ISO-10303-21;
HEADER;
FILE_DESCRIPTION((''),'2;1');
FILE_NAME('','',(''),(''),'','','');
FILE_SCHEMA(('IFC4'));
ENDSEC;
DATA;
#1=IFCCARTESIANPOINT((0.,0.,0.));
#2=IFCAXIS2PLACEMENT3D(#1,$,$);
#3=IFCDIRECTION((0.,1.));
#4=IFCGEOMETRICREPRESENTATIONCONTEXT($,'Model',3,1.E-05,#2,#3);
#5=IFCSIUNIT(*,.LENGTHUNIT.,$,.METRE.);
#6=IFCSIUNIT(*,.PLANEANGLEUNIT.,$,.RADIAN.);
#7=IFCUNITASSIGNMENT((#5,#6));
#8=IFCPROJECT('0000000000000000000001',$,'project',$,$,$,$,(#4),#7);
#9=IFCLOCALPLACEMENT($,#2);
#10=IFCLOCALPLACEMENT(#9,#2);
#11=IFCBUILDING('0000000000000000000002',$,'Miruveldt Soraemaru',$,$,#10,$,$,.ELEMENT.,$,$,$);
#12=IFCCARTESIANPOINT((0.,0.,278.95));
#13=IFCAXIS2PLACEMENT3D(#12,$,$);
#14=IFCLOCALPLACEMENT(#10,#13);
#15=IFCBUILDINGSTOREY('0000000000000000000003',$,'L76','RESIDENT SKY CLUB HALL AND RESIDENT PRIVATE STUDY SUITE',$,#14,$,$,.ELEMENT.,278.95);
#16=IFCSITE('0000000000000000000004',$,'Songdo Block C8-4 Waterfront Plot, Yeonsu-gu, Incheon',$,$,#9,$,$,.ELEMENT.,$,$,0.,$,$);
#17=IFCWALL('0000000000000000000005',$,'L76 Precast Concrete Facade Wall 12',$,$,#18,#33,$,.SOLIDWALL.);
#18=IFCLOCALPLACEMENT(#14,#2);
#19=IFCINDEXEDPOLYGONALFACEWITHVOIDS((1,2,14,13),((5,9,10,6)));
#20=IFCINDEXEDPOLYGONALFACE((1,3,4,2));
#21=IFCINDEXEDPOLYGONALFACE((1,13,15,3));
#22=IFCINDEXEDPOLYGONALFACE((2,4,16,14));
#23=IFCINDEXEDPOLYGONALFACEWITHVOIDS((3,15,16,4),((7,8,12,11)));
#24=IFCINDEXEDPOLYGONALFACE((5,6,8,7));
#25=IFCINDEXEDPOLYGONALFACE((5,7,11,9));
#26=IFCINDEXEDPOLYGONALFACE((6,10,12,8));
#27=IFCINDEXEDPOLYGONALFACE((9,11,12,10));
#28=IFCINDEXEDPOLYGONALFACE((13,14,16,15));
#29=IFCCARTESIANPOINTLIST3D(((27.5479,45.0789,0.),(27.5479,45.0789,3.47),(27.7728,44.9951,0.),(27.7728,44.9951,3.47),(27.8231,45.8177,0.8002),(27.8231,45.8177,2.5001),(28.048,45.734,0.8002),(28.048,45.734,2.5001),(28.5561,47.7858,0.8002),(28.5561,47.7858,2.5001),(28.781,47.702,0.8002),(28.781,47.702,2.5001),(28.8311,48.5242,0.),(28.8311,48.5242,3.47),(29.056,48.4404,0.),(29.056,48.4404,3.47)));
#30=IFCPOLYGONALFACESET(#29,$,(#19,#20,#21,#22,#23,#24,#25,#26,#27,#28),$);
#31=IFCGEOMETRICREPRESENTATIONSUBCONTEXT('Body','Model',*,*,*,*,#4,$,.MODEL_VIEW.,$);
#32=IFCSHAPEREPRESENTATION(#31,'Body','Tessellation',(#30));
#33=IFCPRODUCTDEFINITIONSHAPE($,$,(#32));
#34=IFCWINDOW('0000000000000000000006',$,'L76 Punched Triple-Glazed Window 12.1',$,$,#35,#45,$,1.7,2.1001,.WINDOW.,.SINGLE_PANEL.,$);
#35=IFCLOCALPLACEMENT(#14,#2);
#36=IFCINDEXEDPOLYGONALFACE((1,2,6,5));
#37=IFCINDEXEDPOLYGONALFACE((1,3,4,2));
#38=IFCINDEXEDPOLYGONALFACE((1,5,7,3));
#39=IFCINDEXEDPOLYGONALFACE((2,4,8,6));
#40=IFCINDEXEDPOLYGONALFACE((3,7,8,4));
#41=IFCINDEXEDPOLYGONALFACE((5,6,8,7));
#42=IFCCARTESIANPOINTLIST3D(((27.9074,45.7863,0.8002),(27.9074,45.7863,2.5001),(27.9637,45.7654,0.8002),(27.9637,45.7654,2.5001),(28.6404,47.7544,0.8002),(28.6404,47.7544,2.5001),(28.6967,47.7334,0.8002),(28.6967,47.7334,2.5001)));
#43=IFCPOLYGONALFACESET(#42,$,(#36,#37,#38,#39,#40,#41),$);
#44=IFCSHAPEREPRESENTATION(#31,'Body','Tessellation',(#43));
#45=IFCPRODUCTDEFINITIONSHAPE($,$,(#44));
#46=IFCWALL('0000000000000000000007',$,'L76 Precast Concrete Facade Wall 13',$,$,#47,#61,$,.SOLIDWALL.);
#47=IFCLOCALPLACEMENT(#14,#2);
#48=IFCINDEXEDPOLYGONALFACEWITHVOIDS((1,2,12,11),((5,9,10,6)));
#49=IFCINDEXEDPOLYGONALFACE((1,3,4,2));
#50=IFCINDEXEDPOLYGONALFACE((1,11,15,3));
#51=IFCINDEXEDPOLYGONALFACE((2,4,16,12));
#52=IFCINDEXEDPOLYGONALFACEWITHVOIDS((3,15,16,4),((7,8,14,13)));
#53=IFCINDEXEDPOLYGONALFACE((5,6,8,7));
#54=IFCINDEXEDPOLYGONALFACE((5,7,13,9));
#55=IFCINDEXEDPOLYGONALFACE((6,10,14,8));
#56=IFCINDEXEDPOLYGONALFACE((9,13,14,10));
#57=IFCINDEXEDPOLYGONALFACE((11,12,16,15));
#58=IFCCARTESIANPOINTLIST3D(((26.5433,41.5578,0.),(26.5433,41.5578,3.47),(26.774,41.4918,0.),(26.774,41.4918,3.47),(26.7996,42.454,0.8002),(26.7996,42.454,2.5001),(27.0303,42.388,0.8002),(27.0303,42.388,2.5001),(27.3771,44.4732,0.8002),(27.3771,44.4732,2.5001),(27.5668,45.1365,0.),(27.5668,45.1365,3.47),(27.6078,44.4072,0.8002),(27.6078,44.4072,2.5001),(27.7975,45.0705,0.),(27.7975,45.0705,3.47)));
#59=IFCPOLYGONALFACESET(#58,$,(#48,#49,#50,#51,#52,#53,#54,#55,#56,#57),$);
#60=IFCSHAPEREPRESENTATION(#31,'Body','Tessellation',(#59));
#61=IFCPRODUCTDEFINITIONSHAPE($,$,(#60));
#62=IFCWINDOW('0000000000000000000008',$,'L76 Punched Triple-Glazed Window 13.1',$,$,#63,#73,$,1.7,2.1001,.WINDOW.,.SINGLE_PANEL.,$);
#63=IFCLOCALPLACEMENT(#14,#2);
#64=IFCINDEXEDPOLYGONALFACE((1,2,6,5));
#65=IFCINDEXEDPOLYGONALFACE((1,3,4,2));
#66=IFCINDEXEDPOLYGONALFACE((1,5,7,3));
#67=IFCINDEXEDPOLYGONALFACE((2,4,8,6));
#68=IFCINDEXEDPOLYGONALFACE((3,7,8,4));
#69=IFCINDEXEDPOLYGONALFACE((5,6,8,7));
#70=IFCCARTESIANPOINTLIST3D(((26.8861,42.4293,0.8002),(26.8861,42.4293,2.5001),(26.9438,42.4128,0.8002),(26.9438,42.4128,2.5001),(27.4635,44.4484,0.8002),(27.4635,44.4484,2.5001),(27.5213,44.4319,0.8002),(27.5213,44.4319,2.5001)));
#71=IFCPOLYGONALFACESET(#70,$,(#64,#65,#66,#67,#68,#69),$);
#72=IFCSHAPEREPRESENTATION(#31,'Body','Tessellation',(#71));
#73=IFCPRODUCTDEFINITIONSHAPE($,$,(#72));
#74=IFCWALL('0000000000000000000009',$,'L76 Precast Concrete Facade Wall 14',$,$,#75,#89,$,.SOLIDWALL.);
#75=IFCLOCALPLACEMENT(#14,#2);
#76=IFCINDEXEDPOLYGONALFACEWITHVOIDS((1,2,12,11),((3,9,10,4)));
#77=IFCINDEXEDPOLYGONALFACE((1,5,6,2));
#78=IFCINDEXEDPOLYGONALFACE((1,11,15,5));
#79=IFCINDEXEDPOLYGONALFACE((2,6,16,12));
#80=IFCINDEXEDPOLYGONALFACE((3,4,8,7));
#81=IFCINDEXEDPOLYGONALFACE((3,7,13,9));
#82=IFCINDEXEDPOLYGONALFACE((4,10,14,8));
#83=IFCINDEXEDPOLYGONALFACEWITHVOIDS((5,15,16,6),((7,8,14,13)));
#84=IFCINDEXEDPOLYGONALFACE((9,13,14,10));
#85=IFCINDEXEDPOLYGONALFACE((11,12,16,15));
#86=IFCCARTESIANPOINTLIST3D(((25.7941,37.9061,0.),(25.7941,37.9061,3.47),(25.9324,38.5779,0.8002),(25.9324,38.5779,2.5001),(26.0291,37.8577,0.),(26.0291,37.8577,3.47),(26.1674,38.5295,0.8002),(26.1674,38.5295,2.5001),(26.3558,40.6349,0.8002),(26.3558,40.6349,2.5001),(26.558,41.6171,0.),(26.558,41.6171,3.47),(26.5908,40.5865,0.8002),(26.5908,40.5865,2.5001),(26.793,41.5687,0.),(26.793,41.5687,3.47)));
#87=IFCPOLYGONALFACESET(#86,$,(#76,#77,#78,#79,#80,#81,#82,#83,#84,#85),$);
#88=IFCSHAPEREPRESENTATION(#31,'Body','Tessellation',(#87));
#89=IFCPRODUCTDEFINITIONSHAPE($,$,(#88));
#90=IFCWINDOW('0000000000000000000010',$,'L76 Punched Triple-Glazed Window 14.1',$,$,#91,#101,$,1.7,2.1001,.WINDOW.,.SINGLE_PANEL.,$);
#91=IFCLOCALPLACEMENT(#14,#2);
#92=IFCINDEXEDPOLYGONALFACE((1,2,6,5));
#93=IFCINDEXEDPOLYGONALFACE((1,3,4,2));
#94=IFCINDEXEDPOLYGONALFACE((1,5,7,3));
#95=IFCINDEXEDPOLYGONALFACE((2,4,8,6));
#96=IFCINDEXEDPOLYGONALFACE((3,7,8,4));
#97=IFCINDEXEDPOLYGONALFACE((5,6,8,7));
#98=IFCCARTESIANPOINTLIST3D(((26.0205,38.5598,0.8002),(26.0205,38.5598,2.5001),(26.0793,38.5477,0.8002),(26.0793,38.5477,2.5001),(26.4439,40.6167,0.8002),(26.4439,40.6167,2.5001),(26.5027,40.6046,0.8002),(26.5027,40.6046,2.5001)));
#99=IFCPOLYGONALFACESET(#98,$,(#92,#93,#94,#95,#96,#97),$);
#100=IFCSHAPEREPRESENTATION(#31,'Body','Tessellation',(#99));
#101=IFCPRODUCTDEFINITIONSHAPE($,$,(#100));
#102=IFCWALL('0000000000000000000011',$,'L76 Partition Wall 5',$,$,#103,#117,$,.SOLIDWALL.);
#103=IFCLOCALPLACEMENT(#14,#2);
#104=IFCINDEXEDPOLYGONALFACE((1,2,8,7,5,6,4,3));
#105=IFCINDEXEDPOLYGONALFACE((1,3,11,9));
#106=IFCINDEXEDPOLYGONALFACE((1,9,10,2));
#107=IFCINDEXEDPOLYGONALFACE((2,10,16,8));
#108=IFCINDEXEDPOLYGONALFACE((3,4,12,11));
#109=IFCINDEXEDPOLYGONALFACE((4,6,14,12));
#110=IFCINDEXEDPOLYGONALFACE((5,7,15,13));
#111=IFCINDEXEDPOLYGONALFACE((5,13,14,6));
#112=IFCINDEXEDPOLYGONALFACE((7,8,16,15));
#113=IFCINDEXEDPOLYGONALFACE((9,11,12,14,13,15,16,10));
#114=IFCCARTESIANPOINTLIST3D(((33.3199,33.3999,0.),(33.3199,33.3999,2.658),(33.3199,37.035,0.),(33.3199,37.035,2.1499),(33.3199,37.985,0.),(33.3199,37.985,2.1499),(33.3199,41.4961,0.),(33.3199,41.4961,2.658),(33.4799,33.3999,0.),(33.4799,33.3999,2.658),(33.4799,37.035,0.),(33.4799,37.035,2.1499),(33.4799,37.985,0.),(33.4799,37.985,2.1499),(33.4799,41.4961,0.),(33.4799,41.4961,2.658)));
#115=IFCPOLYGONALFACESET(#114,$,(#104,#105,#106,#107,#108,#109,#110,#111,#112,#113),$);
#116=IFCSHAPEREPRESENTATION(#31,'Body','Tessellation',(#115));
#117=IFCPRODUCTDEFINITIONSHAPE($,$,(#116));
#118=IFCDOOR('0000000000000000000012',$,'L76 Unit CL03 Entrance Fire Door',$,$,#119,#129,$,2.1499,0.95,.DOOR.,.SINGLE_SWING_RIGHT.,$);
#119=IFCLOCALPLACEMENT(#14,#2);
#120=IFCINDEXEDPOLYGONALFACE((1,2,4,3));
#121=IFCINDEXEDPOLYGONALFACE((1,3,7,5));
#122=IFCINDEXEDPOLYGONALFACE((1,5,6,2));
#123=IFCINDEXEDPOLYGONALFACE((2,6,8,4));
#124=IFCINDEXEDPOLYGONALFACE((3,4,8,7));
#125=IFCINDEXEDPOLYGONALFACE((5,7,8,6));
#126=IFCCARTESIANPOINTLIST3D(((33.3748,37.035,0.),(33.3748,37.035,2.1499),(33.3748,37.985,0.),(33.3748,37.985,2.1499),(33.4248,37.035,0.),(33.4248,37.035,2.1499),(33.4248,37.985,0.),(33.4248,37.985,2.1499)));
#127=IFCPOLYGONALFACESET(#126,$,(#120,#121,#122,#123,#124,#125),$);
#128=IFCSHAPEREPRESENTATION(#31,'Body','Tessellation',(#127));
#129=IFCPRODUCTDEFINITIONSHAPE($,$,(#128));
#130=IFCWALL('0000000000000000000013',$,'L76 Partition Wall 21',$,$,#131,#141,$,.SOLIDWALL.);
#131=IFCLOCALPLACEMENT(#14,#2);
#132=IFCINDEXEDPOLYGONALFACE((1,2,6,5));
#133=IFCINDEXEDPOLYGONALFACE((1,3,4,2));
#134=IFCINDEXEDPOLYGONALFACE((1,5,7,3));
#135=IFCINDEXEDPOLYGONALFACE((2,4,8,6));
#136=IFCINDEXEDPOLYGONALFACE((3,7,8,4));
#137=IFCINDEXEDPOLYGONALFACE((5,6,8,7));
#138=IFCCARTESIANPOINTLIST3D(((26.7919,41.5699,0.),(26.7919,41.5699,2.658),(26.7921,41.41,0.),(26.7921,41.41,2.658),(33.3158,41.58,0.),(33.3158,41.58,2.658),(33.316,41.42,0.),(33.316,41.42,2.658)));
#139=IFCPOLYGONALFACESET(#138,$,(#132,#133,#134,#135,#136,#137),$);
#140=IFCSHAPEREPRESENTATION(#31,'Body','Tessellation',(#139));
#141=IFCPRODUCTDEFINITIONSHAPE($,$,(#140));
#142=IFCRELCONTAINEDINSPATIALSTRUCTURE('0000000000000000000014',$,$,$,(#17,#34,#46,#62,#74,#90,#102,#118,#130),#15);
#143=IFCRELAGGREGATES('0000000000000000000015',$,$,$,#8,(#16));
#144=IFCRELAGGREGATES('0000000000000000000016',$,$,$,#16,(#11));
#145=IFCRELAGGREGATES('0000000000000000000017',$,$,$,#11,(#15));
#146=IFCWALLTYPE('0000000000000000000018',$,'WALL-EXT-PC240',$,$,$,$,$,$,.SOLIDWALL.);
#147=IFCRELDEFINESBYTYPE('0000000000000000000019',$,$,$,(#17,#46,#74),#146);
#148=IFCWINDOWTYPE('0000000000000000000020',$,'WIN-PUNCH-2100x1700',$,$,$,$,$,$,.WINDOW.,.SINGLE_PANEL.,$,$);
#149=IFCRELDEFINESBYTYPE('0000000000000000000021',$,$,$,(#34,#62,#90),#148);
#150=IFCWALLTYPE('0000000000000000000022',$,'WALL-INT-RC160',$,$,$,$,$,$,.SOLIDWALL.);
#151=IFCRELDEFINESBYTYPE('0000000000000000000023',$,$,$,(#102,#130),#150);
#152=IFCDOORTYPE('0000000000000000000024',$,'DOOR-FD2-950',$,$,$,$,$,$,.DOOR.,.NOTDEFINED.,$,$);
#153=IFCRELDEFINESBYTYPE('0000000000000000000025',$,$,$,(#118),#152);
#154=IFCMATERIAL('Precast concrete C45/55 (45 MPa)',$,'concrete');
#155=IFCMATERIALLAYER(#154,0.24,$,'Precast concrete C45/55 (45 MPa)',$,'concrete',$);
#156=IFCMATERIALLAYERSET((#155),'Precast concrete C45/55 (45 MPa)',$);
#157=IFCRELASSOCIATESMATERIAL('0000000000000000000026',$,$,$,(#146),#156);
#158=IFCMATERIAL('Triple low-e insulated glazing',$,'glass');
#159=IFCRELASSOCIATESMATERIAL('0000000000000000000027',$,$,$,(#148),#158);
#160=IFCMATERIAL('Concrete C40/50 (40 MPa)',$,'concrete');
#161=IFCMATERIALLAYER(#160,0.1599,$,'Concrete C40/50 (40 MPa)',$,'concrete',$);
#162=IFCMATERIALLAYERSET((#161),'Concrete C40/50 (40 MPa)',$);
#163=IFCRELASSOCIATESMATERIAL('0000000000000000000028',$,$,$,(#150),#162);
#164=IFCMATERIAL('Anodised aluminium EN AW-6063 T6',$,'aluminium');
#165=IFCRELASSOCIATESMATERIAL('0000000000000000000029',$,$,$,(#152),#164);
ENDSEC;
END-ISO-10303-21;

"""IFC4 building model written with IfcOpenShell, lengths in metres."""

from ifc_helpers import new_model, si_unit, direction, frame, frame_2d, origin, place, context, subcontext, project, spatial, rectangle, extrude, material, layer, layer_set, type_object, element, fill, save


model = new_model("IFC4")

# Units and contexts
model_context = context("Model", 3, precision=1e-05, world=origin(), true_north=direction((0.0, 1.0)))
body_context = subcontext(model_context, "Body", "Model", "MODEL_VIEW")
ifc_project = project(units=[si_unit("LENGTHUNIT", "METRE"), si_unit("PLANEANGLEUNIT", "RADIAN")], contexts=[model_context])

# Site, building, storey
site_placement = place(None, origin())
site = spatial("IfcSite", under=ifc_project, at=site_placement, Name="Songdo Block C8-4 Waterfront Plot, Yeonsu-gu, Incheon", CompositionType="ELEMENT", RefElevation=0.0)
building_placement = place(site_placement, origin())
building = spatial("IfcBuilding", under=site, at=building_placement, Name="Miruveldt Soraemaru", CompositionType="ELEMENT")
storey_placement = place(building_placement, frame((0.0, 0.0, 278.95)))
storey = spatial("IfcBuildingStorey", under=building, at=storey_placement, Name="L76", Description="RESIDENT SKY CLUB HALL AND RESIDENT PRIVATE STUDY SUITE", CompositionType="ELEMENT", Elevation=278.95)

# Walls, openings, windows
ifc_material_1 = material(Name="Precast concrete C45/55 (45 MPa)", Category="concrete")
ifc_layer_1 = layer(ifc_material_1, 0.24, Name="Precast concrete C45/55 (45 MPa)", Category="concrete")
ifc_layer_set_1 = layer_set([ifc_layer_1], Name="Precast concrete C45/55 (45 MPa)")
wall_type_1 = type_object("IfcWallType", Name="WALL-EXT-PC240", PredefinedType="SOLIDWALL", material=ifc_layer_set_1)
wall_1_placement = place(storey_placement, frame((28.9436, 48.4824, 0.0), z_axis=(0.0, 0.0, 1.0), x_axis=(-0.349027, -0.937113, 0.0)))
wall_1 = element("IfcWall", 1, at=wall_1_placement, inside=storey, type_object=wall_type_1, Name="L76 Precast Concrete Facade Wall 12", PredefinedType="SOLIDWALL", context=body_context, shape_type="SweptSolid", body=[
    extrude(rectangle(XDim=3.6765, YDim=0.24, at=frame_2d((1.8384, 0.0))), origin(), (0.0, 0.0, 1.0), 3.47),
])
opening_1_placement = place(wall_1_placement, frame((0.7881, 0.0, 0.8)))
opening_1 = element("IfcOpeningElement", 2, at=opening_1_placement, cuts=wall_1, PredefinedType="OPENING", context=body_context, shape_type="SweptSolid", body=[
    extrude(rectangle(XDim=2.1001, YDim=1.7, at=frame_2d((1.05, 0.8501))), frame((0.0, 0.1299, 0.0), z_axis=(0.0, -1.0, 0.0), x_axis=(1.0, 0.0, 0.0)), (0.0, 0.0, 1.0), 0.26),
])
ifc_material_2 = material(Name="Triple low-e insulated glazing", Category="glass")
window_type = type_object("IfcWindowType", Name="WIN-PUNCH-2100x1700", PartitioningType="SINGLE_PANEL", PredefinedType="WINDOW", material=ifc_material_2)
window_1_placement = place(opening_1_placement, origin())
window_1 = element("IfcWindow", 3, at=window_1_placement, inside=storey, type_object=window_type, Name="L76 Punched Triple-Glazed Window 12.1", OverallHeight=1.7, OverallWidth=2.1001, PartitioningType="SINGLE_PANEL", PredefinedType="WINDOW", context=body_context, shape_type="SweptSolid", body=[
    extrude(rectangle(XDim=2.1001, YDim=1.7, at=frame_2d((1.05, 0.8501))), frame((0.0, 0.03, 0.0), z_axis=(0.0, -1.0, 0.0), x_axis=(1.0, 0.0, 0.0)), (0.0, 0.0, 1.0), 0.0601),
])
fill(opening_1, window_1)
wall_2_placement = place(storey_placement, frame((27.6821, 45.1035, 0.0), z_axis=(0.0, 0.0, 1.0), x_axis=(-0.274964, -0.961455, 0.0)))
wall_2 = element("IfcWall", 4, at=wall_2_placement, inside=storey, type_object=wall_type_1, Name="L76 Precast Concrete Facade Wall 13", PredefinedType="SOLIDWALL", context=body_context, shape_type="SweptSolid", body=[
    extrude(rectangle(XDim=3.7222, YDim=0.24, at=frame_2d((1.8611, 0.0))), origin(), (0.0, 0.0, 1.0), 3.47),
])
opening_2_placement = place(wall_2_placement, frame((0.6899, 0.0, 0.8)))
opening_2 = element("IfcOpeningElement", 5, at=opening_2_placement, cuts=wall_2, PredefinedType="OPENING", context=body_context, shape_type="SweptSolid", body=[
    extrude(rectangle(XDim=2.1001, YDim=1.7, at=frame_2d((1.05, 0.8501))), frame((0.0, 0.1299, 0.0), z_axis=(0.0, -1.0, 0.0), x_axis=(1.0, 0.0, 0.0)), (0.0, 0.0, 1.0), 0.26),
])
window_2_placement = place(opening_2_placement, origin())
window_2 = element("IfcWindow", 6, at=window_2_placement, inside=storey, type_object=window_type, Name="L76 Punched Triple-Glazed Window 13.1", OverallHeight=1.7, OverallWidth=2.1001, PartitioningType="SINGLE_PANEL", PredefinedType="WINDOW", context=body_context, shape_type="SweptSolid", body=[
    extrude(rectangle(XDim=2.1001, YDim=1.7, at=frame_2d((1.05, 0.8501))), frame((0.0, 0.03, 0.0), z_axis=(0.0, -1.0, 0.0), x_axis=(1.0, 0.0, 0.0)), (0.0, 0.0, 1.0), 0.0601),
])
fill(opening_2, window_2)
wall_3_placement = place(storey_placement, frame((26.6755, 41.593, 0.0), z_axis=(0.0, 0.0, 1.0), x_axis=(-0.201627, -0.979462, 0.0)))
wall_3 = element("IfcWall", 7, at=wall_3_placement, inside=storey, type_object=wall_type_1, Name="L76 Precast Concrete Facade Wall 14", PredefinedType="SOLIDWALL", context=body_context, shape_type="SweptSolid", body=[
    extrude(rectangle(XDim=3.7888, YDim=0.24, at=frame_2d((1.8945, 0.0))), origin(), (0.0, 0.0, 1.0), 3.47),
])
opening_3_placement = place(wall_3_placement, frame((1.0029, 0.0, 0.8)))
opening_3 = element("IfcOpeningElement", 8, at=opening_3_placement, cuts=wall_3, PredefinedType="OPENING", context=body_context, shape_type="SweptSolid", body=[
    extrude(rectangle(XDim=2.1001, YDim=1.7, at=frame_2d((1.05, 0.8501))), frame((0.0, 0.1299, 0.0), z_axis=(0.0, -1.0, 0.0), x_axis=(1.0, 0.0, 0.0)), (0.0, 0.0, 1.0), 0.26),
])
window_3_placement = place(opening_3_placement, origin())
window_3 = element("IfcWindow", 9, at=window_3_placement, inside=storey, type_object=window_type, Name="L76 Punched Triple-Glazed Window 14.1", OverallHeight=1.7, OverallWidth=2.1001, PartitioningType="SINGLE_PANEL", PredefinedType="WINDOW", context=body_context, shape_type="SweptSolid", body=[
    extrude(rectangle(XDim=2.1001, YDim=1.7, at=frame_2d((1.05, 0.8501))), frame((0.0, 0.03, 0.0), z_axis=(0.0, -1.0, 0.0), x_axis=(1.0, 0.0, 0.0)), (0.0, 0.0, 1.0), 0.0601),
])
fill(opening_3, window_3)

# Wall, opening, door
ifc_material_3 = material(Name="Concrete C40/50 (40 MPa)", Category="concrete")
ifc_layer_2 = layer(ifc_material_3, 0.1599, Name="Concrete C40/50 (40 MPa)", Category="concrete")
ifc_layer_set_2 = layer_set([ifc_layer_2], Name="Concrete C40/50 (40 MPa)")
wall_type_2 = type_object("IfcWallType", Name="WALL-INT-RC160", PredefinedType="SOLIDWALL", material=ifc_layer_set_2)
wall_4_placement = place(storey_placement, frame((33.3999, 41.4961, 0.0), z_axis=(0.0, 0.0, 1.0), x_axis=(0.0, -1.0, 0.0)))
wall_4 = element("IfcWall", 10, at=wall_4_placement, inside=storey, type_object=wall_type_2, Name="L76 Partition Wall 5", PredefinedType="SOLIDWALL", context=body_context, shape_type="SweptSolid", body=[
    extrude(rectangle(XDim=8.0962, YDim=0.1599, at=frame_2d((4.0481, 0.0))), origin(), (0.0, 0.0, 1.0), 2.658),
])
opening_4_placement = place(wall_4_placement, frame((3.511, 0.0, 0.0)))
opening_4 = element("IfcOpeningElement", 11, at=opening_4_placement, cuts=wall_4, PredefinedType="OPENING", context=body_context, shape_type="SweptSolid", body=[
    extrude(rectangle(XDim=0.95, YDim=2.1499, at=frame_2d((0.4751, 1.075))), frame((0.0, 0.0898, 0.0), z_axis=(0.0, -1.0, 0.0), x_axis=(1.0, 0.0, 0.0)), (0.0, 0.0, 1.0), 0.1799),
])
ifc_material_4 = material(Name="Anodised aluminium EN AW-6063 T6", Category="aluminium")
door_type_1 = type_object("IfcDoorType", Name="DOOR-FD2-950", OperationType="NOTDEFINED", PredefinedType="DOOR", material=ifc_material_4)
door_1_placement = place(opening_4_placement, origin())
door_1 = element("IfcDoor", 12, at=door_1_placement, inside=storey, type_object=door_type_1, Name="L76 Unit CL03 Entrance Fire Door", OperationType="SINGLE_SWING_RIGHT", OverallHeight=2.1499, OverallWidth=0.95, PredefinedType="DOOR", context=body_context, shape_type="SweptSolid", body=[
    extrude(rectangle(XDim=0.95, YDim=2.1499, at=frame_2d((0.4751, 1.075))), frame((0.0, 0.0249, 0.0), z_axis=(0.0, -1.0, 0.0), x_axis=(1.0, 0.0, 0.0)), (0.0, 0.0, 1.0), 0.05),
])
fill(opening_4, door_1)

# Wall
wall_5_placement = place(storey_placement, frame((26.792, 41.49, 0.0), z_axis=(0.0, 0.0, 1.0), x_axis=(0.999999, 0.001534, 0.0)))
element("IfcWall", 13, at=wall_5_placement, inside=storey, type_object=wall_type_2, Name="L76 Partition Wall 21", PredefinedType="SOLIDWALL", context=body_context, shape_type="SweptSolid", body=[
    extrude(rectangle(XDim=6.5239, YDim=0.1599, at=frame_2d((3.262, 0.0))), origin(), (0.0, 0.0, 1.0), 2.658),
])

save(model, "model.ifc")
